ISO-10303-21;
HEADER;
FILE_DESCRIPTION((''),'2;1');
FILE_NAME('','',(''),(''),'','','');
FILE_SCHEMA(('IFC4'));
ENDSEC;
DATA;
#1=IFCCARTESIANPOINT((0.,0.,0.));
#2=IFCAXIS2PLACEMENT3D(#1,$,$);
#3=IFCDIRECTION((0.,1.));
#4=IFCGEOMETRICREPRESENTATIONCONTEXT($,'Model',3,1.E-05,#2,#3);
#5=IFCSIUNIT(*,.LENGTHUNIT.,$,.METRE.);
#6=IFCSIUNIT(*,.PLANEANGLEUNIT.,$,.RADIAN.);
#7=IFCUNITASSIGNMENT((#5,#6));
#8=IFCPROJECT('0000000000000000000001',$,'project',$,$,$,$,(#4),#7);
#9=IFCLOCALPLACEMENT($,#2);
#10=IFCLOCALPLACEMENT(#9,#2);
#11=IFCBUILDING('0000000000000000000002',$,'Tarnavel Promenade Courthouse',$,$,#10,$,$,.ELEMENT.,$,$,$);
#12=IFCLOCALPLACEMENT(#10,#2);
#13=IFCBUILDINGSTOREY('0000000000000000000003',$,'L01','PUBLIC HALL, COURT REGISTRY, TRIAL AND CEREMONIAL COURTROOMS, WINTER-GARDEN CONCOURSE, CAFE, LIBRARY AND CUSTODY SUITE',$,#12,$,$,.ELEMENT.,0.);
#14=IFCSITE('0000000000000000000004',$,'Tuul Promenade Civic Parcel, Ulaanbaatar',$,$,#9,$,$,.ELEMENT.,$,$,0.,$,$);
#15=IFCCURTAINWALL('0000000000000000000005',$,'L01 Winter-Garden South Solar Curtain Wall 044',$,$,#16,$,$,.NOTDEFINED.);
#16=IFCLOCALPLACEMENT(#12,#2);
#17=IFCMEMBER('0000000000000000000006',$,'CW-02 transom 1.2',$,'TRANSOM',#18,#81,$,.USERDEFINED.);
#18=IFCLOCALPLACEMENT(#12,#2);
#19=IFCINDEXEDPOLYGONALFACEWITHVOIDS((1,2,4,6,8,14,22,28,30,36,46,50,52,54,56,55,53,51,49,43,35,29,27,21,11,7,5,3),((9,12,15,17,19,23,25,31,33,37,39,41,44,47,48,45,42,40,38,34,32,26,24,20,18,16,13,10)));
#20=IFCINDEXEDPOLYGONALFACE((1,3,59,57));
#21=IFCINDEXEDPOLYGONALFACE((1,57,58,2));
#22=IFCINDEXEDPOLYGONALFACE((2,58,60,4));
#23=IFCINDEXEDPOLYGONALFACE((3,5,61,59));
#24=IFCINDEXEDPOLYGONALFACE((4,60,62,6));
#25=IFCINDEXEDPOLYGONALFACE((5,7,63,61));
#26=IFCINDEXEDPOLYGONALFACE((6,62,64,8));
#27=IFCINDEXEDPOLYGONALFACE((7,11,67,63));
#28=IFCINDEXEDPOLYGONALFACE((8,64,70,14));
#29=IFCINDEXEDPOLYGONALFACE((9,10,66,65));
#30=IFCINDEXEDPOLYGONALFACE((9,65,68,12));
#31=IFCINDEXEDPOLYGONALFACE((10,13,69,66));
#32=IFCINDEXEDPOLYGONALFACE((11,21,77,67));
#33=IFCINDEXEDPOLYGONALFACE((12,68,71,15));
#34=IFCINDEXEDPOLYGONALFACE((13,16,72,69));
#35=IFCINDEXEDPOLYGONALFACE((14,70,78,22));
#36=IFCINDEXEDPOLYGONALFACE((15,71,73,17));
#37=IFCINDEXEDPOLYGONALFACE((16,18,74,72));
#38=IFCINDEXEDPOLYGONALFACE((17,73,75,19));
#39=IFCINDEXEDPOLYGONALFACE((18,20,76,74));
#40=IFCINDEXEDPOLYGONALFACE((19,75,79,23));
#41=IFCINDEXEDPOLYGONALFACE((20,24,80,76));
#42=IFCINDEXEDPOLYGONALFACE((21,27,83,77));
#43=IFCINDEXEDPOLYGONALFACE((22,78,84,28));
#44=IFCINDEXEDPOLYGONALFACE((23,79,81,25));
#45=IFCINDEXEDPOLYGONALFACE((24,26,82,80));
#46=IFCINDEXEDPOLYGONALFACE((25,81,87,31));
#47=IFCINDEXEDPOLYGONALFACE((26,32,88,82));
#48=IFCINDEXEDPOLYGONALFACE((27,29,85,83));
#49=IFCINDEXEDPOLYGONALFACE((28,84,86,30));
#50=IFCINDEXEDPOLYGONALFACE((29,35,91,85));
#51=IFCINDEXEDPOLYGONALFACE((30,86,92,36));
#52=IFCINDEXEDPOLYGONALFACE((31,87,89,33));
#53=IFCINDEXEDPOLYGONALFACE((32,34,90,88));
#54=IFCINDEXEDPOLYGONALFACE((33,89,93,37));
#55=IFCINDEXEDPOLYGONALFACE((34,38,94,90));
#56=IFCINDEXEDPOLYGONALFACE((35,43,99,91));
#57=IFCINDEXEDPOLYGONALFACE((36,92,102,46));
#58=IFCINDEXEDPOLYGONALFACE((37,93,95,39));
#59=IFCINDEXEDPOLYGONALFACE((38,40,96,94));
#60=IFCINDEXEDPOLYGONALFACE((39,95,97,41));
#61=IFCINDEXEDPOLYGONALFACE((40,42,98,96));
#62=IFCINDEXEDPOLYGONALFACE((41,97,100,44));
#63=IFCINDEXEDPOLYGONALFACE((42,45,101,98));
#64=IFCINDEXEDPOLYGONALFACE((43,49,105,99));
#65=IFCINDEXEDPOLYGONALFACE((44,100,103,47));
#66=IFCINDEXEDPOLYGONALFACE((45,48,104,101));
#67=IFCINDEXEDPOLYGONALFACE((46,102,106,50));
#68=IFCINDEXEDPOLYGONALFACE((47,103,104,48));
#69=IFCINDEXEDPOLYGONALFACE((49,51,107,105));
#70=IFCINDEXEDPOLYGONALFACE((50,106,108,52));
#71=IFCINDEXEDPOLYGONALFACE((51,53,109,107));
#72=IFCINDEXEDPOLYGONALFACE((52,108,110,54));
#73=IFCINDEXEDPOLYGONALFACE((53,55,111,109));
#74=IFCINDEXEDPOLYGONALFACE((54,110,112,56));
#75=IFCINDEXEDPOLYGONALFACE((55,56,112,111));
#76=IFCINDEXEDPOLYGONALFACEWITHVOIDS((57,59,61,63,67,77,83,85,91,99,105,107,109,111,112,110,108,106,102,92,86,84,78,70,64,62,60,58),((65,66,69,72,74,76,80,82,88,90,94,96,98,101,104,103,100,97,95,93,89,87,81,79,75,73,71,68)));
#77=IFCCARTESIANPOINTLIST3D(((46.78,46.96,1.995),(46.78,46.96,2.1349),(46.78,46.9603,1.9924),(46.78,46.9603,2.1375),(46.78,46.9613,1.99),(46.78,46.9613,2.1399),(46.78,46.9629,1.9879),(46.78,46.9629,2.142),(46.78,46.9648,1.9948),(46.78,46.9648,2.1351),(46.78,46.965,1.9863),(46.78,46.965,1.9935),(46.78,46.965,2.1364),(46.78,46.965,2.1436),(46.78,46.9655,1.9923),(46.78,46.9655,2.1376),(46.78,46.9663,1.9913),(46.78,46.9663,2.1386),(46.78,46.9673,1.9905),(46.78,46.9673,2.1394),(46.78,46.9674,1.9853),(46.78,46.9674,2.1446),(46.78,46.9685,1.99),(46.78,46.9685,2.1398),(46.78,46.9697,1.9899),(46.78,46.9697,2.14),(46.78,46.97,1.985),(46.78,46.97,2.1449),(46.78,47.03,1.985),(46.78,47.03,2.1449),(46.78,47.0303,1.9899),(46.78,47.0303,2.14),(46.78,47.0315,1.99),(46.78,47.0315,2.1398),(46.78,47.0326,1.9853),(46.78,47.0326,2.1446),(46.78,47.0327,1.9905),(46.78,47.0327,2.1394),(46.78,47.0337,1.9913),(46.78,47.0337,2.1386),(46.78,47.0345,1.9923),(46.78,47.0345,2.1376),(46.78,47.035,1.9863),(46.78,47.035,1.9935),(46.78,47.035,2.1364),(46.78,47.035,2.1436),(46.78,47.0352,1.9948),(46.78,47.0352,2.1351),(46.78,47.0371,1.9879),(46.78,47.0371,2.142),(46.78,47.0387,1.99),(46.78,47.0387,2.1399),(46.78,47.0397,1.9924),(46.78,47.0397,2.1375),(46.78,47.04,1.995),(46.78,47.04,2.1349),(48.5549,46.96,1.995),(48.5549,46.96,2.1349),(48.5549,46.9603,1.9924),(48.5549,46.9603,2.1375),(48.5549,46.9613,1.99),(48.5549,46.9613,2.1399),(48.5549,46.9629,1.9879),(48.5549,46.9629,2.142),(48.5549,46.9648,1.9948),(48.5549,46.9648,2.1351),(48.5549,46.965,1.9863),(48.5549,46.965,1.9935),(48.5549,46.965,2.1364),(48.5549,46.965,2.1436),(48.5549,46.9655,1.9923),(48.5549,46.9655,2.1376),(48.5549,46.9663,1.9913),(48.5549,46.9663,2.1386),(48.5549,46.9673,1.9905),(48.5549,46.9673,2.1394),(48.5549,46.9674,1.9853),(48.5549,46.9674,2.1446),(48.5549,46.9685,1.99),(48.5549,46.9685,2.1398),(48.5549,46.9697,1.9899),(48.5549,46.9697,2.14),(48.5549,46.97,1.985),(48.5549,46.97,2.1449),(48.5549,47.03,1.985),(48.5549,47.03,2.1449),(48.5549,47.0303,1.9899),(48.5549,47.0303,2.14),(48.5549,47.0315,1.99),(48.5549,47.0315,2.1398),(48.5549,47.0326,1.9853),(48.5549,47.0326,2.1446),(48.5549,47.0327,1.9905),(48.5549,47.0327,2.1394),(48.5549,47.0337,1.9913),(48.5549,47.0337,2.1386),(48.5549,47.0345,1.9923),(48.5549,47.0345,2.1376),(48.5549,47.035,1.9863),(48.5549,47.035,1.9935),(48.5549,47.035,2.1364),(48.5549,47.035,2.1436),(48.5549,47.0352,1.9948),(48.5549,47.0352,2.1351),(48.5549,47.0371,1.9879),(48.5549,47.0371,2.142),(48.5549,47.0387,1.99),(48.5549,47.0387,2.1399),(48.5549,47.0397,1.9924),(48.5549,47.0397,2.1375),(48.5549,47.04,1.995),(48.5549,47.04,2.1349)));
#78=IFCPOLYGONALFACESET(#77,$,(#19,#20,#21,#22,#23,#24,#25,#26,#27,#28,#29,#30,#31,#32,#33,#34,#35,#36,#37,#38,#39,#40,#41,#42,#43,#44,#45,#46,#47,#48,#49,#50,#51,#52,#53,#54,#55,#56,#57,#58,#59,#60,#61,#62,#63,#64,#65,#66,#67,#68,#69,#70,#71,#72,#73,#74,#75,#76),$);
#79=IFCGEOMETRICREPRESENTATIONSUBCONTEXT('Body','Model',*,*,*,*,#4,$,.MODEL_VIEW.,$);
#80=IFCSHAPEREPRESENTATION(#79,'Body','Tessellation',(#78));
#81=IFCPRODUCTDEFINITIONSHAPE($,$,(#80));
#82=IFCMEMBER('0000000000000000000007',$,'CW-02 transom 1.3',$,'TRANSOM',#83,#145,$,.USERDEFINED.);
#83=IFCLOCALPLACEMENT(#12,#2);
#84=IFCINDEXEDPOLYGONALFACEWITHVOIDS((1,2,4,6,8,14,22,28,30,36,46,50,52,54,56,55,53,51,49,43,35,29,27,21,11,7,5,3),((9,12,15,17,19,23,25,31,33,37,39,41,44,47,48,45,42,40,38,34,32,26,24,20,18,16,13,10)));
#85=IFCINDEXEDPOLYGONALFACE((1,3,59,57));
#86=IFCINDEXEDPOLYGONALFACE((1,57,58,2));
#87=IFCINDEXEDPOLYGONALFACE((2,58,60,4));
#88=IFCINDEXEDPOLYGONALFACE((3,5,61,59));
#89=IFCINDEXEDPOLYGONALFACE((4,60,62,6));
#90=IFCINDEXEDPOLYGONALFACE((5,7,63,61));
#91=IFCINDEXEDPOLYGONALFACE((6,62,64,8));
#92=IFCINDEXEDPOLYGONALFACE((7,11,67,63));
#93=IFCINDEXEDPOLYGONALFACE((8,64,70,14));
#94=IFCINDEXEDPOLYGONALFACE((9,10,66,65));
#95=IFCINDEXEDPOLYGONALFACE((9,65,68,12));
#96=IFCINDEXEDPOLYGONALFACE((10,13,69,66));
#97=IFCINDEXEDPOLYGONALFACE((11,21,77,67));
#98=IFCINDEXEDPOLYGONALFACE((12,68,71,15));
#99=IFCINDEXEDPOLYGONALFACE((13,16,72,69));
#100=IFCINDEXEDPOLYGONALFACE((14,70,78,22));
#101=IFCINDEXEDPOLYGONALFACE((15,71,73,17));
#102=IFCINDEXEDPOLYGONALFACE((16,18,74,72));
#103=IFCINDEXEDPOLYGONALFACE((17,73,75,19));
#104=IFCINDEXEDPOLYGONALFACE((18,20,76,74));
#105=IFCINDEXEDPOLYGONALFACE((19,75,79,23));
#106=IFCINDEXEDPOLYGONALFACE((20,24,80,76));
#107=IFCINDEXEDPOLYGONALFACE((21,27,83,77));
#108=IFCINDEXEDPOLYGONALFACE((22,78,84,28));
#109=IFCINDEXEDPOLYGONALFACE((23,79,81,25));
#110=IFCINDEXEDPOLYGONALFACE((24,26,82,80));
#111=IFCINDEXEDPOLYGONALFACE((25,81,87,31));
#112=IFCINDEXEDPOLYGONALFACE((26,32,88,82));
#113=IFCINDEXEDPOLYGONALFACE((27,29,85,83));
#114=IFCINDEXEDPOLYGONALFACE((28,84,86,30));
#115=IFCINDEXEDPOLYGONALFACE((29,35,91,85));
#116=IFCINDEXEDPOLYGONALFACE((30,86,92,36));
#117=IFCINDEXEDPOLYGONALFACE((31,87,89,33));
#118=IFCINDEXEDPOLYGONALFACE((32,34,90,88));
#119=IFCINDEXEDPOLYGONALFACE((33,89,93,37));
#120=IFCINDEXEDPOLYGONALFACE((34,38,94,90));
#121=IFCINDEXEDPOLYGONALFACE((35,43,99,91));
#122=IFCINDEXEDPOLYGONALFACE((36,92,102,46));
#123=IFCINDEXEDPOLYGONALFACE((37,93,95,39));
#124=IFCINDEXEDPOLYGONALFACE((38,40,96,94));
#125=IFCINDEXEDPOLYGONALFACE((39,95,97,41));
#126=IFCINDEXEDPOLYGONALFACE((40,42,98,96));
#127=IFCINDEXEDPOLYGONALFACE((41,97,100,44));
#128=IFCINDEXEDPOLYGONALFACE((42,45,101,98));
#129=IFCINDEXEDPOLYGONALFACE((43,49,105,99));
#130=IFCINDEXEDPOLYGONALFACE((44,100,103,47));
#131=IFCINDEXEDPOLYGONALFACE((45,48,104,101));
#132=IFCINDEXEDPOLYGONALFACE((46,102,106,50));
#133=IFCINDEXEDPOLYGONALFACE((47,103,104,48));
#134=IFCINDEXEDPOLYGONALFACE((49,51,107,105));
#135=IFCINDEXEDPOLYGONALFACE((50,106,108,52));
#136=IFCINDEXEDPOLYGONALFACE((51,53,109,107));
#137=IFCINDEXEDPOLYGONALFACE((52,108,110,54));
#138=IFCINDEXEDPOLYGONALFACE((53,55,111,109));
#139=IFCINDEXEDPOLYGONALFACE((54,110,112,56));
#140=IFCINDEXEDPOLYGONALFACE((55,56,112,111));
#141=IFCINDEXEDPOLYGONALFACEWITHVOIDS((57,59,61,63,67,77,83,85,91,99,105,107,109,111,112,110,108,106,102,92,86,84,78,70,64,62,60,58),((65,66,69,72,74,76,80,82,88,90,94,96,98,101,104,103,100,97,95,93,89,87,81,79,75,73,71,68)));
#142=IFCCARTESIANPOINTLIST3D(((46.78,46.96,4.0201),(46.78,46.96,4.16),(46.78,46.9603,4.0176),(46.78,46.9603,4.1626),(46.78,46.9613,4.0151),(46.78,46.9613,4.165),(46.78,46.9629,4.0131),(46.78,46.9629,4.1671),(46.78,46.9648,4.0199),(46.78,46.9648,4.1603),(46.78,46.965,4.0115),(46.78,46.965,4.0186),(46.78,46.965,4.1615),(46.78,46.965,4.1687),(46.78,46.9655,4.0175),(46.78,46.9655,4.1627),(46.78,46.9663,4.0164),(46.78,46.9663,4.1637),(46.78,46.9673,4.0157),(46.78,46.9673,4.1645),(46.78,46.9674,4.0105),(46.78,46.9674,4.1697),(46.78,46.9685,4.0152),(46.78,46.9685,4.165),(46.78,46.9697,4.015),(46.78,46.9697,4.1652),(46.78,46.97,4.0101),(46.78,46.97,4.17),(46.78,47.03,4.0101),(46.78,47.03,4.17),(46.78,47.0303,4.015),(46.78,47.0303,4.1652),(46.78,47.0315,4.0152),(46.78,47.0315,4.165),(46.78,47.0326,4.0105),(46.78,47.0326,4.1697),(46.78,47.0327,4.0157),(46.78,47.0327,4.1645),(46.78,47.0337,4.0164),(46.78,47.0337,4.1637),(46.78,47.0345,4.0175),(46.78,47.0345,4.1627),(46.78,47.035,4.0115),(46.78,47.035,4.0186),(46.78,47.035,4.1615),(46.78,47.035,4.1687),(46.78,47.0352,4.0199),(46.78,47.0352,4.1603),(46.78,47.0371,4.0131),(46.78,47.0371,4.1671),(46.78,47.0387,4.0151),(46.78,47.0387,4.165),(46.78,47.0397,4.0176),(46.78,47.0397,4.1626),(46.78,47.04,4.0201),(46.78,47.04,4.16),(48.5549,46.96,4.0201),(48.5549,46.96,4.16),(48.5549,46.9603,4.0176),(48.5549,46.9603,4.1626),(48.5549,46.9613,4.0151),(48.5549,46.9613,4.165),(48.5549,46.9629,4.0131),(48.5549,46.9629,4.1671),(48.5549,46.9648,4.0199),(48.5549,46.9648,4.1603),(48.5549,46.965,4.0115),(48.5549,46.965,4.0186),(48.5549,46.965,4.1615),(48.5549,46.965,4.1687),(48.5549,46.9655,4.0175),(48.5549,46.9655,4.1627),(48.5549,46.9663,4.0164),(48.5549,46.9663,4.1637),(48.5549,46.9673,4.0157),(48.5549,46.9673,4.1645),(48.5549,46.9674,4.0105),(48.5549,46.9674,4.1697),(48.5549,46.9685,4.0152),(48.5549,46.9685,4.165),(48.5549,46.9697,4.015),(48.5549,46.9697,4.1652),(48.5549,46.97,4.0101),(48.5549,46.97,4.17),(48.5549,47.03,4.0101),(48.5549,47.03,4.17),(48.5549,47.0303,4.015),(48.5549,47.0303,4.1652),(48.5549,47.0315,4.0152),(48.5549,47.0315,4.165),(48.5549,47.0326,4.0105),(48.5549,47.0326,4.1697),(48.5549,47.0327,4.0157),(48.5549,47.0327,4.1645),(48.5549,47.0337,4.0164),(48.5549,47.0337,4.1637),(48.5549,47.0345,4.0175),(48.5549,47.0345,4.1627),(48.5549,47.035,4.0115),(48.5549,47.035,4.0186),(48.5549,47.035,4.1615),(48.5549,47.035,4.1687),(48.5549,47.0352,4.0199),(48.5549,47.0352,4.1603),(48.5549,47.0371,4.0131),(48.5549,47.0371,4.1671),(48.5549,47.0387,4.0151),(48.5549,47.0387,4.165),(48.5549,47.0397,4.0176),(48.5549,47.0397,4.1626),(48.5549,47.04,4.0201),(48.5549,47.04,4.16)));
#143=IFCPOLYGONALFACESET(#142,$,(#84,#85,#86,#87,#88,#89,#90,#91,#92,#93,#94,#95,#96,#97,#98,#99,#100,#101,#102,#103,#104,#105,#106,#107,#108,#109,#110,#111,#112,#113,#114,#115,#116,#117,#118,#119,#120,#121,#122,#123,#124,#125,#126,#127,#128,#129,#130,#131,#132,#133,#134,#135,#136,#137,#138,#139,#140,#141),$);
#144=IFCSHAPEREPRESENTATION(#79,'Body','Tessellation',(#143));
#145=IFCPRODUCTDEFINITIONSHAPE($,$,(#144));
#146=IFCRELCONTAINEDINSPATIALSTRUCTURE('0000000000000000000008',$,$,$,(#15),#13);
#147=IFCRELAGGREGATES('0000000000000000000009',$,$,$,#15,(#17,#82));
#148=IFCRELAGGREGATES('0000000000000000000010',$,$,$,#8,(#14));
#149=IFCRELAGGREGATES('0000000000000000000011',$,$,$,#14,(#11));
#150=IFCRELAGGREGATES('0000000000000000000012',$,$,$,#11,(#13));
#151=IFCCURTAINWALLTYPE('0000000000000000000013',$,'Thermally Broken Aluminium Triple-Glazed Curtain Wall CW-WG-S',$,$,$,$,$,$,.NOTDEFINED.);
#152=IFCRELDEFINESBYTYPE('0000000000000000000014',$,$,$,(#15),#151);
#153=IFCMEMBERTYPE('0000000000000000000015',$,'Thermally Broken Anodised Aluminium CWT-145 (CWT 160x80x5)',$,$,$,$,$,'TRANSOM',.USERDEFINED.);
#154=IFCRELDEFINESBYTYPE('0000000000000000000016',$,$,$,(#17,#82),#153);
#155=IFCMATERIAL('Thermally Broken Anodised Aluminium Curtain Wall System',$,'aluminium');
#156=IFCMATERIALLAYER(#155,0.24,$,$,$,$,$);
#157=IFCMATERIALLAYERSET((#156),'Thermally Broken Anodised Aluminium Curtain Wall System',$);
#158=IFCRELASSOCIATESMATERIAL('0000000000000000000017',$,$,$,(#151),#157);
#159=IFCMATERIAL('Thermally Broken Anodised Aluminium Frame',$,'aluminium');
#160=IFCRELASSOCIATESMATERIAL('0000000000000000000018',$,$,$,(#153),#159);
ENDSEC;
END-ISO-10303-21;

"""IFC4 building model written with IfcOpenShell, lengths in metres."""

from ifc_helpers import new_model, si_unit, direction, frame, origin, origin_2d, place, context, subcontext, project, spatial, hollow_rectangle, extrude, material, layer, layer_set, material_profile, profile_set, type_object, element, aggregate, save


model = new_model("IFC4")

# Units and contexts
model_context = context("Model", 3, precision=1e-05, world=origin(), true_north=direction((0.0, 1.0)))
body_context = subcontext(model_context, "Body", "Model", "MODEL_VIEW")
ifc_project = project(units=[si_unit("LENGTHUNIT", "METRE"), si_unit("PLANEANGLEUNIT", "RADIAN")], contexts=[model_context])

# Site, building, storey
site_placement = place(None, origin())
site = spatial("IfcSite", under=ifc_project, at=site_placement, Name="Tuul Promenade Civic Parcel, Ulaanbaatar", CompositionType="ELEMENT", RefElevation=0.0)
building_placement = place(site_placement, origin())
building = spatial("IfcBuilding", under=site, at=building_placement, Name="Tarnavel Promenade Courthouse", CompositionType="ELEMENT")
storey_placement = place(building_placement, origin())
storey = spatial("IfcBuildingStorey", under=building, at=storey_placement, Name="L01", Description="PUBLIC HALL, COURT REGISTRY, TRIAL AND CEREMONIAL COURTROOMS, WINTER-GARDEN CONCOURSE, CAFE, LIBRARY AND CUSTODY SUITE", CompositionType="ELEMENT", Elevation=0.0)

# Curtain wall
ifc_material_1 = material(Name="Thermally Broken Anodised Aluminium Curtain Wall System", Category="aluminium")
ifc_layer_1 = layer(ifc_material_1, 0.24)
ifc_layer_set_1 = layer_set([ifc_layer_1], Name="Thermally Broken Anodised Aluminium Curtain Wall System")
curtain_wall_type = type_object("IfcCurtainWallType", Name="Thermally Broken Aluminium Triple-Glazed Curtain Wall CW-WG-S", PredefinedType="NOTDEFINED", material=ifc_layer_set_1)
ifc_material_2 = material(Name="Thermally Broken Anodised Aluminium Frame", Category="aluminium")
curtain_wall_1_placement = place(storey_placement, origin())
curtain_wall_1 = element("IfcCurtainWall", 1, at=curtain_wall_1_placement, inside=storey, type_object=curtain_wall_type, Name="L01 Winter-Garden South Solar Curtain Wall 044", PredefinedType="NOTDEFINED")

# Members
ifc_material_profile_1 = material_profile(ifc_material_2, hollow_rectangle(XDim=0.0801, YDim=0.1599, WallThickness=0.0049, InnerFilletRadius=0.0049, OuterFilletRadius=0.01, at=origin_2d()), Name="CWT 160x80x5")
ifc_profile_set_1 = profile_set([ifc_material_profile_1], Name="Thermally Broken Anodised Aluminium Frame")
member_type_1 = type_object("IfcMemberType", Name="Thermally Broken Anodised Aluminium CWT-145 (CWT 160x80x5)", ElementType="TRANSOM", PredefinedType="USERDEFINED", material=ifc_profile_set_1)
member_1_placement = place(storey_placement, frame((46.78, 47.0, 2.0649), z_axis=(1.0, 0.0, 0.0), x_axis=(0.0, 1.0, 0.0)))
member_1 = element("IfcMember", 2, at=member_1_placement, type_object=member_type_1, Name="CW-02 transom 1.2", ObjectType="TRANSOM", PredefinedType="USERDEFINED", context=body_context, shape_type="SweptSolid", body=[
    extrude(hollow_rectangle(XDim=0.0801, YDim=0.1599, WallThickness=0.0049, InnerFilletRadius=0.0049, OuterFilletRadius=0.01, at=origin_2d()), origin(), (0.0, 0.0, 1.0), 1.7749),
])
member_2_placement = place(storey_placement, frame((46.78, 47.0, 4.0901), z_axis=(1.0, 0.0, 0.0), x_axis=(0.0, 1.0, 0.0)))
member_2 = element("IfcMember", 3, at=member_2_placement, type_object=member_type_1, Name="CW-02 transom 1.3", ObjectType="TRANSOM", PredefinedType="USERDEFINED", context=body_context, shape_type="SweptSolid", body=[
    extrude(hollow_rectangle(XDim=0.0801, YDim=0.1599, WallThickness=0.0049, InnerFilletRadius=0.0049, OuterFilletRadius=0.01, at=origin_2d()), origin(), (0.0, 0.0, 1.0), 1.7749),
])

aggregate(curtain_wall_1, [member_1, member_2])

save(model, "model.ifc")
